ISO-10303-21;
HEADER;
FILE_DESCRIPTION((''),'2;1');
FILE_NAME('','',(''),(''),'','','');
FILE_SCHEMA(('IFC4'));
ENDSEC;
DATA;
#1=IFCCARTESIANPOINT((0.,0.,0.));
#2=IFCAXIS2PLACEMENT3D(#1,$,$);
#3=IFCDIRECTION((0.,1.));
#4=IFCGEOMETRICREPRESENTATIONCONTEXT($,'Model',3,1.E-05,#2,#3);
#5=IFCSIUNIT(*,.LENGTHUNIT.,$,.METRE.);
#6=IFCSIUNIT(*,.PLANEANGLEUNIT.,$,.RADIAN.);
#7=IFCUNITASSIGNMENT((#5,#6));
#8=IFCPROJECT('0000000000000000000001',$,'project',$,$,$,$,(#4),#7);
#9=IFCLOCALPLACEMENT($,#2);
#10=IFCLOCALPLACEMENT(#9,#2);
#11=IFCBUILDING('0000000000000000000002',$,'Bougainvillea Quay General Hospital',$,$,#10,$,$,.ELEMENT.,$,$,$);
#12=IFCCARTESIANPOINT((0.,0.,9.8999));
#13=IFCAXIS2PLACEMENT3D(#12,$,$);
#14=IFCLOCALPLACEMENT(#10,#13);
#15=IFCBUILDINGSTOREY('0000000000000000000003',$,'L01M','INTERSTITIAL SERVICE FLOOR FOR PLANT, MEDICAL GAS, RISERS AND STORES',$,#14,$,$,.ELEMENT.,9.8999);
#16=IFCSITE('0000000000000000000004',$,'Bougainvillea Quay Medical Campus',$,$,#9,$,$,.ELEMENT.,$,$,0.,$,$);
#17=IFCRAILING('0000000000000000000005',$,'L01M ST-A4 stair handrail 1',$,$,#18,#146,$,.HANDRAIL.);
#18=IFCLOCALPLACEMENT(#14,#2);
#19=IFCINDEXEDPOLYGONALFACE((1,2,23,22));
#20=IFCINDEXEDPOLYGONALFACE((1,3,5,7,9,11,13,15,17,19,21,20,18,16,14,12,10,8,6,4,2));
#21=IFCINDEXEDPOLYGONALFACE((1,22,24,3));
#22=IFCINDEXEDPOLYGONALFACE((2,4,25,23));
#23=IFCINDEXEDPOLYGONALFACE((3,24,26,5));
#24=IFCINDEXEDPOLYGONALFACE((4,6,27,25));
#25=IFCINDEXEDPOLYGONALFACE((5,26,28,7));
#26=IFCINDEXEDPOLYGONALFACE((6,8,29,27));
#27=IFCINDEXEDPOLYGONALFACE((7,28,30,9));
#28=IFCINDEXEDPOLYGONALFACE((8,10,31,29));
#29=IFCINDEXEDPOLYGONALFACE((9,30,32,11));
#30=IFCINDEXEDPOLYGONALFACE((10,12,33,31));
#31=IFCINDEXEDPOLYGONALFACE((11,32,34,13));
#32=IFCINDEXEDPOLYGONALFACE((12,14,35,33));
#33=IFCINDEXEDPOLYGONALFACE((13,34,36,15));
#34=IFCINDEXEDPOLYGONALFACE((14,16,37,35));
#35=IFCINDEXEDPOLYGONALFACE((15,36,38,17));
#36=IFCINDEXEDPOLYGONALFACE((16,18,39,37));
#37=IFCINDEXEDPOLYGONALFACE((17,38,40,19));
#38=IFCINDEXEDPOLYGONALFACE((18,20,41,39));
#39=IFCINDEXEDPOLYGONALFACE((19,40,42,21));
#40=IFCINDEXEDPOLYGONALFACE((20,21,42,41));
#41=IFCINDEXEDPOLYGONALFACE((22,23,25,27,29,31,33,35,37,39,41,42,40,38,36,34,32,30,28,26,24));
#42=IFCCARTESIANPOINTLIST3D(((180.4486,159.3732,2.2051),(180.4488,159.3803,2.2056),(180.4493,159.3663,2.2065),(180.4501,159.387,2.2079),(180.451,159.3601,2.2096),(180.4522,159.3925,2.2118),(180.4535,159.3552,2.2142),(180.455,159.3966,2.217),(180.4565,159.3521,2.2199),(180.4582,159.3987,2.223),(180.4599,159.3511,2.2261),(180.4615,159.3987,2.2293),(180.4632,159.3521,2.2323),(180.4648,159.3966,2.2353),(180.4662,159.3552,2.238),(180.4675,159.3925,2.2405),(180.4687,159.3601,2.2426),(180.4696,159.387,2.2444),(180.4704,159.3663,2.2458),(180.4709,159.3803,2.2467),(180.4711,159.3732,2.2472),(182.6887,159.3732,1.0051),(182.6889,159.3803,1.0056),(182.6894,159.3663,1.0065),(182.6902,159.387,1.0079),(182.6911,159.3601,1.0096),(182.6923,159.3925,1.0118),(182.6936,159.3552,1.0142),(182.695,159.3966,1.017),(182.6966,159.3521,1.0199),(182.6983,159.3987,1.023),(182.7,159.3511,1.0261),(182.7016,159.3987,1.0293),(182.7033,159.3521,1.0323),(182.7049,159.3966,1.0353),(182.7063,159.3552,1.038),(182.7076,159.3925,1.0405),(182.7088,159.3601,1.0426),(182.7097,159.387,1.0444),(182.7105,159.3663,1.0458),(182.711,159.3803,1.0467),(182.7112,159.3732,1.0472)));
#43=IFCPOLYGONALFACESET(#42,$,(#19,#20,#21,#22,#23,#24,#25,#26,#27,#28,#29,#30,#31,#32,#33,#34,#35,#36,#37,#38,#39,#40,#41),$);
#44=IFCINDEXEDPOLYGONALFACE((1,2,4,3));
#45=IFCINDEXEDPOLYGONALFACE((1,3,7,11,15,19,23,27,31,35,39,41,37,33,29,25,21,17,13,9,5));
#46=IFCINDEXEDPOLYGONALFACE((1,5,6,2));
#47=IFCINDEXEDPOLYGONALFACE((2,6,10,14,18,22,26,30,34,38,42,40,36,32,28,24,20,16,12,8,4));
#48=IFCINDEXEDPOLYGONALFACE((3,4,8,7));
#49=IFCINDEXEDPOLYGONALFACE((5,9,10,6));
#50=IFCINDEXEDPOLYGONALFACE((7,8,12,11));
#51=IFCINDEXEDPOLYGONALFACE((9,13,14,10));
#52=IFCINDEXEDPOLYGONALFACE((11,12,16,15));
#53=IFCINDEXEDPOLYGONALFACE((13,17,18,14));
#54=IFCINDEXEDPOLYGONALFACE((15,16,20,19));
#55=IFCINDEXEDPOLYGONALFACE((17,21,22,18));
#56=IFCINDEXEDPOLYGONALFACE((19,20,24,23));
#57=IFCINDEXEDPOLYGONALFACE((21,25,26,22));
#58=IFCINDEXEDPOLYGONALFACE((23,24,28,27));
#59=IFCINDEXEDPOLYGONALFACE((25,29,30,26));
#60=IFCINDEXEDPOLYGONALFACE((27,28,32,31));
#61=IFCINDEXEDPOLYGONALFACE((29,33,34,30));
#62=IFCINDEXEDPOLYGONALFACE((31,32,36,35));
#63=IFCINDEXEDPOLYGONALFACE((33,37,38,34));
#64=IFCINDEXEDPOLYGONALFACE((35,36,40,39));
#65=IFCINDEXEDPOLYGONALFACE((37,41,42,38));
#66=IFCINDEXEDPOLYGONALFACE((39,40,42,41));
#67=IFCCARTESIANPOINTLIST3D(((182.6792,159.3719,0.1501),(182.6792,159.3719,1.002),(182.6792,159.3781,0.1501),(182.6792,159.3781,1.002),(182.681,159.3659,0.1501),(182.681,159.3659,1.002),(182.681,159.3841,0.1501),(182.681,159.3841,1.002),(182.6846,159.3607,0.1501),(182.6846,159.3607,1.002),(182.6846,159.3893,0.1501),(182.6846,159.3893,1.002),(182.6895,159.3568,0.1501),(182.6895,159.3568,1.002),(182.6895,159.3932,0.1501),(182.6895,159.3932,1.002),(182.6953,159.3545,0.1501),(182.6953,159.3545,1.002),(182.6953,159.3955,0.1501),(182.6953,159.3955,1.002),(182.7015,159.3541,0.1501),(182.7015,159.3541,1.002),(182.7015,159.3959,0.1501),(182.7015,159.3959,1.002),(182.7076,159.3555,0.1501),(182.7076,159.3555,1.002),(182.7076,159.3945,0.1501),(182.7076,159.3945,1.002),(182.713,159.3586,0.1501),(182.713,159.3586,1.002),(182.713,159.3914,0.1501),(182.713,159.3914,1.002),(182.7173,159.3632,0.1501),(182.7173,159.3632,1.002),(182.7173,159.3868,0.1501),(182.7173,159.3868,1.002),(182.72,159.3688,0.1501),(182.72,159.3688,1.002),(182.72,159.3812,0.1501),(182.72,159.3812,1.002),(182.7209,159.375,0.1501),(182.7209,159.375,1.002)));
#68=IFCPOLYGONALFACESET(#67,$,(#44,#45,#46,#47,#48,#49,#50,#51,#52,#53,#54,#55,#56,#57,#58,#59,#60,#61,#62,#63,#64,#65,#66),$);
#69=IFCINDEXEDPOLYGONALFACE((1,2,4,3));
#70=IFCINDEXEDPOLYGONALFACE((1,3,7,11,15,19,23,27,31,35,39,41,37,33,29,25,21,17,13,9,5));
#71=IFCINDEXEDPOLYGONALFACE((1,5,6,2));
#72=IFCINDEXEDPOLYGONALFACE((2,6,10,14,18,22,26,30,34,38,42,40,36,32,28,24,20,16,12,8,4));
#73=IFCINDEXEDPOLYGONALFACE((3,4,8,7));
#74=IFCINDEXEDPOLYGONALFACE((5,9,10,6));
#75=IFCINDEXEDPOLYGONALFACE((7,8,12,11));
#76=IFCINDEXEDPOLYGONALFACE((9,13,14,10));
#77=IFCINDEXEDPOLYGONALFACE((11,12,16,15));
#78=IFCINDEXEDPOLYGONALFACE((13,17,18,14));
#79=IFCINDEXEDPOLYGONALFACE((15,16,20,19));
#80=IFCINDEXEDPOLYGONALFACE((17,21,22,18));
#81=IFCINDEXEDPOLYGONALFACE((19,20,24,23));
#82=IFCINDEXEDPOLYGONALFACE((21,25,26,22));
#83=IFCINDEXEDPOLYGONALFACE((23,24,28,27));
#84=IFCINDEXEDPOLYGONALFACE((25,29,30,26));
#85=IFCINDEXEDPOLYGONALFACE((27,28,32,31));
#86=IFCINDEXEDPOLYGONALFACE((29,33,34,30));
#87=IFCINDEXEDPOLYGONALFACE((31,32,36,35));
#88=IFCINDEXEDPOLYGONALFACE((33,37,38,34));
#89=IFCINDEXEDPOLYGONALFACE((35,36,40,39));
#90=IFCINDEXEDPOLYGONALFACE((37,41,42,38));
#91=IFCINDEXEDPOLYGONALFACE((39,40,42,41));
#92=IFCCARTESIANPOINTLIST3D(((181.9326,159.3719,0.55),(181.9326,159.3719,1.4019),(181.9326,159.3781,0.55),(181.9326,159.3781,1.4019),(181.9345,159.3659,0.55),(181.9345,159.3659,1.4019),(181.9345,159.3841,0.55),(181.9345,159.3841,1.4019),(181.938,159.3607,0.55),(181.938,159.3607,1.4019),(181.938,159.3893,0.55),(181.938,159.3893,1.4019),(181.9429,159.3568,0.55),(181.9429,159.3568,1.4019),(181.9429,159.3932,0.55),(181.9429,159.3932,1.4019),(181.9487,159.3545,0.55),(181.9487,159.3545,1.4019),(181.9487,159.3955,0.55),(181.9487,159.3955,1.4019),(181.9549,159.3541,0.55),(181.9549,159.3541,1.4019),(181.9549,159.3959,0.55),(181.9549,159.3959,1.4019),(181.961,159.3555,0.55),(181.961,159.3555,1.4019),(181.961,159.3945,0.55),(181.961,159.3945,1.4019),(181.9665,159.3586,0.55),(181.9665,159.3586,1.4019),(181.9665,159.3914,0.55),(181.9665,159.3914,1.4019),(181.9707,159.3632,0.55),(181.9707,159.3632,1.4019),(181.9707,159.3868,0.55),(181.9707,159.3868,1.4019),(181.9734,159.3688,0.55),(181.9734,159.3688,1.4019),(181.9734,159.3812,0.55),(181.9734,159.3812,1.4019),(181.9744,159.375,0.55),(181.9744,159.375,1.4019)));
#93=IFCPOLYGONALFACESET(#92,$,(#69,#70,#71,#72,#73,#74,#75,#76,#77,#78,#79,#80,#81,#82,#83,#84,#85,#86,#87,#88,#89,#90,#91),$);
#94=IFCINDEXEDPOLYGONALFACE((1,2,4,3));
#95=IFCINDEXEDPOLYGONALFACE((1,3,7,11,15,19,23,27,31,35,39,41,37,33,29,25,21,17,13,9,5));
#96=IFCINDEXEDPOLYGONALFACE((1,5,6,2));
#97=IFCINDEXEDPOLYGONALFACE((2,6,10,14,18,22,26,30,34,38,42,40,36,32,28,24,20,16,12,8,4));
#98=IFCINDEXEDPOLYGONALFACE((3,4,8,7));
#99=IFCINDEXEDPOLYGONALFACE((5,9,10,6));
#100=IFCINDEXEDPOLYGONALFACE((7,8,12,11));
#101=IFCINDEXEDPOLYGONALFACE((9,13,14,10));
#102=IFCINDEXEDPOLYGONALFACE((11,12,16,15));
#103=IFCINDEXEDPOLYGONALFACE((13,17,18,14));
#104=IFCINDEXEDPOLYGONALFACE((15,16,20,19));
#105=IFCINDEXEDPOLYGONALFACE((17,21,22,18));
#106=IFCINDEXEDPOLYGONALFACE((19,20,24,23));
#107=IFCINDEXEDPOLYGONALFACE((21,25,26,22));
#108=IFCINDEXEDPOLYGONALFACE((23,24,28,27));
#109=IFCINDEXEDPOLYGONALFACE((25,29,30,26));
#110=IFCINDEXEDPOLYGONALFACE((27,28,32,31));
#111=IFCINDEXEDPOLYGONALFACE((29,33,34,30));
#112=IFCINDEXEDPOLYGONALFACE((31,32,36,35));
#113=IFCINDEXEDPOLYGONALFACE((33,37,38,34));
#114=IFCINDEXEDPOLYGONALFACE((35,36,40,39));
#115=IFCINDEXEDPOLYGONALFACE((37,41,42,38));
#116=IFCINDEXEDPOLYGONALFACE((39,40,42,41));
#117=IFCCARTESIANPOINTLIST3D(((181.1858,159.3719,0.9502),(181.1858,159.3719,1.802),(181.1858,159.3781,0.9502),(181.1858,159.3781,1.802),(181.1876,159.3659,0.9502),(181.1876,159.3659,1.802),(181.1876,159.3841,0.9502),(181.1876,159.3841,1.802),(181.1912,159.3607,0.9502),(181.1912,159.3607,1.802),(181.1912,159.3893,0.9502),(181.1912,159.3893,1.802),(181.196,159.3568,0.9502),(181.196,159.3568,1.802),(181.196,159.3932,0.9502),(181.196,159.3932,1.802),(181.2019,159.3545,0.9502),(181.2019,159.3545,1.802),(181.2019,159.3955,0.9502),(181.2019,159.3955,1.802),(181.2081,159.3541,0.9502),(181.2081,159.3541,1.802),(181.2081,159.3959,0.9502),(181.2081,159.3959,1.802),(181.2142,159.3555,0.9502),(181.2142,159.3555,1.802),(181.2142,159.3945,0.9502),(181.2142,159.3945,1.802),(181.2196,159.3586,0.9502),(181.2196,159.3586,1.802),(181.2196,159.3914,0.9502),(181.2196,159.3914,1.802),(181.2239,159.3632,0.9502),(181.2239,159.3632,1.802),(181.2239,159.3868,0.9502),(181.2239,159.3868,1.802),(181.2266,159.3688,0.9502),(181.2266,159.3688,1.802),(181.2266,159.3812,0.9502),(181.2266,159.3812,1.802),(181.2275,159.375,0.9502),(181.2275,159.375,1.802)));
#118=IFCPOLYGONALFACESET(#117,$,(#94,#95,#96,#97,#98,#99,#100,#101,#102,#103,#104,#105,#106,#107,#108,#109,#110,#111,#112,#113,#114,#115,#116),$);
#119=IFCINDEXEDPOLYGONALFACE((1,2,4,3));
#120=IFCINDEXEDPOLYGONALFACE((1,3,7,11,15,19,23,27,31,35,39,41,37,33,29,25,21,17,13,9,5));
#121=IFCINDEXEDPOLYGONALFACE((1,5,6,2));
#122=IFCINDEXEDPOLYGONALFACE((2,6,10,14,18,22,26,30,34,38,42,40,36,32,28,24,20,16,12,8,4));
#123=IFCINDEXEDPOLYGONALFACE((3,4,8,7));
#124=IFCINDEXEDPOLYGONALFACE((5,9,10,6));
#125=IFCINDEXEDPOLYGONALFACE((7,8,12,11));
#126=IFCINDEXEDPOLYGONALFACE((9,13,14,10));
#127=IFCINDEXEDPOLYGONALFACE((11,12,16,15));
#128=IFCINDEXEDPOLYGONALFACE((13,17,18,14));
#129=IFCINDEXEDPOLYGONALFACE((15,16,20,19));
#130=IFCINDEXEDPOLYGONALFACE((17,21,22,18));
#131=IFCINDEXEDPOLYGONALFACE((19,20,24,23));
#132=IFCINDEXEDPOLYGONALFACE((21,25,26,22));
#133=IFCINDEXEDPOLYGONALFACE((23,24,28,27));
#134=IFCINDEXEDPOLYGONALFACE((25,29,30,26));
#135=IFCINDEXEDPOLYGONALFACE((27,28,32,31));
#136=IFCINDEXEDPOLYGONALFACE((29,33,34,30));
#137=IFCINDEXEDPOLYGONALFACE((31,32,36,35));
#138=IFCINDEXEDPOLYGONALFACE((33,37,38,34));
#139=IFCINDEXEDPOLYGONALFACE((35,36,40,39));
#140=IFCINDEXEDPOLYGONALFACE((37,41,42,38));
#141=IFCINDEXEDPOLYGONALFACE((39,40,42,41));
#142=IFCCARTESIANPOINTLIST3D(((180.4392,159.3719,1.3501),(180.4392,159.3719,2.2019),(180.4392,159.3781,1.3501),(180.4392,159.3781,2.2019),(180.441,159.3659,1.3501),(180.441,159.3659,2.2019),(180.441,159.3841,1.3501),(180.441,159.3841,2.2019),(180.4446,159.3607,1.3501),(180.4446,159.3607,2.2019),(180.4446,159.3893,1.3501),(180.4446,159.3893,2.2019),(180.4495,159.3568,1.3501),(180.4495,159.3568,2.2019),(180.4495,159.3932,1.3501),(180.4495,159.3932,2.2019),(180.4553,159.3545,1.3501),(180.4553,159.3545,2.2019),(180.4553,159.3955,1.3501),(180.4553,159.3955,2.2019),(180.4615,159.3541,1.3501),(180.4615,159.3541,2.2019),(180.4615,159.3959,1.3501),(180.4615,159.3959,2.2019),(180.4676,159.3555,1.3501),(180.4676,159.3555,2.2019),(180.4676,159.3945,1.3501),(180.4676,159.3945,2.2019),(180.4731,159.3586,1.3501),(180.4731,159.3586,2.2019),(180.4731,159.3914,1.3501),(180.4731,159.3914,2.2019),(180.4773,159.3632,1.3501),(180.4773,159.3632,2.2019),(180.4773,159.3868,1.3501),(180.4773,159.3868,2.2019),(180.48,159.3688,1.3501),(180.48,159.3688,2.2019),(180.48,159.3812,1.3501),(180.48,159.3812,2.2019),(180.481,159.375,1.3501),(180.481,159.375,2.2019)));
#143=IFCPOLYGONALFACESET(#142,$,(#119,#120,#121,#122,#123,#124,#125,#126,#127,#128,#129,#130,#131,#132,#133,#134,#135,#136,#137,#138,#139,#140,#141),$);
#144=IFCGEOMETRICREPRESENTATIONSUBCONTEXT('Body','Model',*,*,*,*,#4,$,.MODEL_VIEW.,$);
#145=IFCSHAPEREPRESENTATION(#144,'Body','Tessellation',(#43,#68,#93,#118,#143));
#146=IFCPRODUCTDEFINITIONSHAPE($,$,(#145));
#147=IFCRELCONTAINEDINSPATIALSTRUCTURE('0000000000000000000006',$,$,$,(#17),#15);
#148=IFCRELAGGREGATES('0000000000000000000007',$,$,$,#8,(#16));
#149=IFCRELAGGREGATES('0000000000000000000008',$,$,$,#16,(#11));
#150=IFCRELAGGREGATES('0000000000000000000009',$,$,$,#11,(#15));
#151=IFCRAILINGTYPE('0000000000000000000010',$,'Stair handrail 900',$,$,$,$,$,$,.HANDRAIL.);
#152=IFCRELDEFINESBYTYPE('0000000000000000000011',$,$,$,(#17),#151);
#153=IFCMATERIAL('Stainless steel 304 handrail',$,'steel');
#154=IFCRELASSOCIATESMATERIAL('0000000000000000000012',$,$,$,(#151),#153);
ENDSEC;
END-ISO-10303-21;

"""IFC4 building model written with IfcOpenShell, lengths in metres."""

from ifc_helpers import new_model, si_unit, direction, frame, origin, origin_2d, place, context, subcontext, project, spatial, circle, extrude, material, type_object, element, save


model = new_model("IFC4")

# Units and contexts
model_context = context("Model", 3, precision=1e-05, world=origin(), true_north=direction((0.0, 1.0)))
body_context = subcontext(model_context, "Body", "Model", "MODEL_VIEW")
ifc_project = project(units=[si_unit("LENGTHUNIT", "METRE"), si_unit("PLANEANGLEUNIT", "RADIAN")], contexts=[model_context])

# Site, building, storey
site_placement = place(None, origin())
site = spatial("IfcSite", under=ifc_project, at=site_placement, Name="Bougainvillea Quay Medical Campus", CompositionType="ELEMENT", RefElevation=0.0)
building_placement = place(site_placement, origin())
building = spatial("IfcBuilding", under=site, at=building_placement, Name="Bougainvillea Quay General Hospital", CompositionType="ELEMENT")
storey_placement = place(building_placement, frame((0.0, 0.0, 9.8999)))
storey = spatial("IfcBuildingStorey", under=building, at=storey_placement, Name="L01M", Description="INTERSTITIAL SERVICE FLOOR FOR PLANT, MEDICAL GAS, RISERS AND STORES", CompositionType="ELEMENT", Elevation=9.8999)

# Railing
ifc_material_1 = material(Name="Stainless steel 304 handrail", Category="steel")
railing_type_1 = type_object("IfcRailingType", Name="Stair handrail 900", PredefinedType="HANDRAIL", material=ifc_material_1)
railing_1_placement = place(storey_placement, frame((182.7, 159.375, 0.1501)))
element("IfcRailing", 1, at=railing_1_placement, inside=storey, type_object=railing_type_1, Name="L01M ST-A4 stair handrail 1", PredefinedType="HANDRAIL", context=body_context, shape_type="SweptSolid", body=[
    extrude(circle(Radius=0.0239, at=origin_2d()), frame((0.0, 0.0, 0.876), z_axis=(-0.881487, 0.0, 0.472208), x_axis=(0.0, -1.0, 0.0)), (0.0, 0.0, 1.0), 2.5413),
    extrude(circle(Radius=0.021, at=origin_2d()), origin(), (0.0, 0.0, 1.0), 0.8518),
    extrude(circle(Radius=0.021, at=origin_2d()), frame((-0.7466, 0.0, 0.3999)), (0.0, 0.0, 1.0), 0.8518),
    extrude(circle(Radius=0.021, at=origin_2d()), frame((-1.4934, 0.0, 0.8)), (0.0, 0.0, 1.0), 0.8518),
    extrude(circle(Radius=0.021, at=origin_2d()), frame((-2.24, 0.0, 1.2)), (0.0, 0.0, 1.0), 0.8518),
])

save(model, "model.ifc")
